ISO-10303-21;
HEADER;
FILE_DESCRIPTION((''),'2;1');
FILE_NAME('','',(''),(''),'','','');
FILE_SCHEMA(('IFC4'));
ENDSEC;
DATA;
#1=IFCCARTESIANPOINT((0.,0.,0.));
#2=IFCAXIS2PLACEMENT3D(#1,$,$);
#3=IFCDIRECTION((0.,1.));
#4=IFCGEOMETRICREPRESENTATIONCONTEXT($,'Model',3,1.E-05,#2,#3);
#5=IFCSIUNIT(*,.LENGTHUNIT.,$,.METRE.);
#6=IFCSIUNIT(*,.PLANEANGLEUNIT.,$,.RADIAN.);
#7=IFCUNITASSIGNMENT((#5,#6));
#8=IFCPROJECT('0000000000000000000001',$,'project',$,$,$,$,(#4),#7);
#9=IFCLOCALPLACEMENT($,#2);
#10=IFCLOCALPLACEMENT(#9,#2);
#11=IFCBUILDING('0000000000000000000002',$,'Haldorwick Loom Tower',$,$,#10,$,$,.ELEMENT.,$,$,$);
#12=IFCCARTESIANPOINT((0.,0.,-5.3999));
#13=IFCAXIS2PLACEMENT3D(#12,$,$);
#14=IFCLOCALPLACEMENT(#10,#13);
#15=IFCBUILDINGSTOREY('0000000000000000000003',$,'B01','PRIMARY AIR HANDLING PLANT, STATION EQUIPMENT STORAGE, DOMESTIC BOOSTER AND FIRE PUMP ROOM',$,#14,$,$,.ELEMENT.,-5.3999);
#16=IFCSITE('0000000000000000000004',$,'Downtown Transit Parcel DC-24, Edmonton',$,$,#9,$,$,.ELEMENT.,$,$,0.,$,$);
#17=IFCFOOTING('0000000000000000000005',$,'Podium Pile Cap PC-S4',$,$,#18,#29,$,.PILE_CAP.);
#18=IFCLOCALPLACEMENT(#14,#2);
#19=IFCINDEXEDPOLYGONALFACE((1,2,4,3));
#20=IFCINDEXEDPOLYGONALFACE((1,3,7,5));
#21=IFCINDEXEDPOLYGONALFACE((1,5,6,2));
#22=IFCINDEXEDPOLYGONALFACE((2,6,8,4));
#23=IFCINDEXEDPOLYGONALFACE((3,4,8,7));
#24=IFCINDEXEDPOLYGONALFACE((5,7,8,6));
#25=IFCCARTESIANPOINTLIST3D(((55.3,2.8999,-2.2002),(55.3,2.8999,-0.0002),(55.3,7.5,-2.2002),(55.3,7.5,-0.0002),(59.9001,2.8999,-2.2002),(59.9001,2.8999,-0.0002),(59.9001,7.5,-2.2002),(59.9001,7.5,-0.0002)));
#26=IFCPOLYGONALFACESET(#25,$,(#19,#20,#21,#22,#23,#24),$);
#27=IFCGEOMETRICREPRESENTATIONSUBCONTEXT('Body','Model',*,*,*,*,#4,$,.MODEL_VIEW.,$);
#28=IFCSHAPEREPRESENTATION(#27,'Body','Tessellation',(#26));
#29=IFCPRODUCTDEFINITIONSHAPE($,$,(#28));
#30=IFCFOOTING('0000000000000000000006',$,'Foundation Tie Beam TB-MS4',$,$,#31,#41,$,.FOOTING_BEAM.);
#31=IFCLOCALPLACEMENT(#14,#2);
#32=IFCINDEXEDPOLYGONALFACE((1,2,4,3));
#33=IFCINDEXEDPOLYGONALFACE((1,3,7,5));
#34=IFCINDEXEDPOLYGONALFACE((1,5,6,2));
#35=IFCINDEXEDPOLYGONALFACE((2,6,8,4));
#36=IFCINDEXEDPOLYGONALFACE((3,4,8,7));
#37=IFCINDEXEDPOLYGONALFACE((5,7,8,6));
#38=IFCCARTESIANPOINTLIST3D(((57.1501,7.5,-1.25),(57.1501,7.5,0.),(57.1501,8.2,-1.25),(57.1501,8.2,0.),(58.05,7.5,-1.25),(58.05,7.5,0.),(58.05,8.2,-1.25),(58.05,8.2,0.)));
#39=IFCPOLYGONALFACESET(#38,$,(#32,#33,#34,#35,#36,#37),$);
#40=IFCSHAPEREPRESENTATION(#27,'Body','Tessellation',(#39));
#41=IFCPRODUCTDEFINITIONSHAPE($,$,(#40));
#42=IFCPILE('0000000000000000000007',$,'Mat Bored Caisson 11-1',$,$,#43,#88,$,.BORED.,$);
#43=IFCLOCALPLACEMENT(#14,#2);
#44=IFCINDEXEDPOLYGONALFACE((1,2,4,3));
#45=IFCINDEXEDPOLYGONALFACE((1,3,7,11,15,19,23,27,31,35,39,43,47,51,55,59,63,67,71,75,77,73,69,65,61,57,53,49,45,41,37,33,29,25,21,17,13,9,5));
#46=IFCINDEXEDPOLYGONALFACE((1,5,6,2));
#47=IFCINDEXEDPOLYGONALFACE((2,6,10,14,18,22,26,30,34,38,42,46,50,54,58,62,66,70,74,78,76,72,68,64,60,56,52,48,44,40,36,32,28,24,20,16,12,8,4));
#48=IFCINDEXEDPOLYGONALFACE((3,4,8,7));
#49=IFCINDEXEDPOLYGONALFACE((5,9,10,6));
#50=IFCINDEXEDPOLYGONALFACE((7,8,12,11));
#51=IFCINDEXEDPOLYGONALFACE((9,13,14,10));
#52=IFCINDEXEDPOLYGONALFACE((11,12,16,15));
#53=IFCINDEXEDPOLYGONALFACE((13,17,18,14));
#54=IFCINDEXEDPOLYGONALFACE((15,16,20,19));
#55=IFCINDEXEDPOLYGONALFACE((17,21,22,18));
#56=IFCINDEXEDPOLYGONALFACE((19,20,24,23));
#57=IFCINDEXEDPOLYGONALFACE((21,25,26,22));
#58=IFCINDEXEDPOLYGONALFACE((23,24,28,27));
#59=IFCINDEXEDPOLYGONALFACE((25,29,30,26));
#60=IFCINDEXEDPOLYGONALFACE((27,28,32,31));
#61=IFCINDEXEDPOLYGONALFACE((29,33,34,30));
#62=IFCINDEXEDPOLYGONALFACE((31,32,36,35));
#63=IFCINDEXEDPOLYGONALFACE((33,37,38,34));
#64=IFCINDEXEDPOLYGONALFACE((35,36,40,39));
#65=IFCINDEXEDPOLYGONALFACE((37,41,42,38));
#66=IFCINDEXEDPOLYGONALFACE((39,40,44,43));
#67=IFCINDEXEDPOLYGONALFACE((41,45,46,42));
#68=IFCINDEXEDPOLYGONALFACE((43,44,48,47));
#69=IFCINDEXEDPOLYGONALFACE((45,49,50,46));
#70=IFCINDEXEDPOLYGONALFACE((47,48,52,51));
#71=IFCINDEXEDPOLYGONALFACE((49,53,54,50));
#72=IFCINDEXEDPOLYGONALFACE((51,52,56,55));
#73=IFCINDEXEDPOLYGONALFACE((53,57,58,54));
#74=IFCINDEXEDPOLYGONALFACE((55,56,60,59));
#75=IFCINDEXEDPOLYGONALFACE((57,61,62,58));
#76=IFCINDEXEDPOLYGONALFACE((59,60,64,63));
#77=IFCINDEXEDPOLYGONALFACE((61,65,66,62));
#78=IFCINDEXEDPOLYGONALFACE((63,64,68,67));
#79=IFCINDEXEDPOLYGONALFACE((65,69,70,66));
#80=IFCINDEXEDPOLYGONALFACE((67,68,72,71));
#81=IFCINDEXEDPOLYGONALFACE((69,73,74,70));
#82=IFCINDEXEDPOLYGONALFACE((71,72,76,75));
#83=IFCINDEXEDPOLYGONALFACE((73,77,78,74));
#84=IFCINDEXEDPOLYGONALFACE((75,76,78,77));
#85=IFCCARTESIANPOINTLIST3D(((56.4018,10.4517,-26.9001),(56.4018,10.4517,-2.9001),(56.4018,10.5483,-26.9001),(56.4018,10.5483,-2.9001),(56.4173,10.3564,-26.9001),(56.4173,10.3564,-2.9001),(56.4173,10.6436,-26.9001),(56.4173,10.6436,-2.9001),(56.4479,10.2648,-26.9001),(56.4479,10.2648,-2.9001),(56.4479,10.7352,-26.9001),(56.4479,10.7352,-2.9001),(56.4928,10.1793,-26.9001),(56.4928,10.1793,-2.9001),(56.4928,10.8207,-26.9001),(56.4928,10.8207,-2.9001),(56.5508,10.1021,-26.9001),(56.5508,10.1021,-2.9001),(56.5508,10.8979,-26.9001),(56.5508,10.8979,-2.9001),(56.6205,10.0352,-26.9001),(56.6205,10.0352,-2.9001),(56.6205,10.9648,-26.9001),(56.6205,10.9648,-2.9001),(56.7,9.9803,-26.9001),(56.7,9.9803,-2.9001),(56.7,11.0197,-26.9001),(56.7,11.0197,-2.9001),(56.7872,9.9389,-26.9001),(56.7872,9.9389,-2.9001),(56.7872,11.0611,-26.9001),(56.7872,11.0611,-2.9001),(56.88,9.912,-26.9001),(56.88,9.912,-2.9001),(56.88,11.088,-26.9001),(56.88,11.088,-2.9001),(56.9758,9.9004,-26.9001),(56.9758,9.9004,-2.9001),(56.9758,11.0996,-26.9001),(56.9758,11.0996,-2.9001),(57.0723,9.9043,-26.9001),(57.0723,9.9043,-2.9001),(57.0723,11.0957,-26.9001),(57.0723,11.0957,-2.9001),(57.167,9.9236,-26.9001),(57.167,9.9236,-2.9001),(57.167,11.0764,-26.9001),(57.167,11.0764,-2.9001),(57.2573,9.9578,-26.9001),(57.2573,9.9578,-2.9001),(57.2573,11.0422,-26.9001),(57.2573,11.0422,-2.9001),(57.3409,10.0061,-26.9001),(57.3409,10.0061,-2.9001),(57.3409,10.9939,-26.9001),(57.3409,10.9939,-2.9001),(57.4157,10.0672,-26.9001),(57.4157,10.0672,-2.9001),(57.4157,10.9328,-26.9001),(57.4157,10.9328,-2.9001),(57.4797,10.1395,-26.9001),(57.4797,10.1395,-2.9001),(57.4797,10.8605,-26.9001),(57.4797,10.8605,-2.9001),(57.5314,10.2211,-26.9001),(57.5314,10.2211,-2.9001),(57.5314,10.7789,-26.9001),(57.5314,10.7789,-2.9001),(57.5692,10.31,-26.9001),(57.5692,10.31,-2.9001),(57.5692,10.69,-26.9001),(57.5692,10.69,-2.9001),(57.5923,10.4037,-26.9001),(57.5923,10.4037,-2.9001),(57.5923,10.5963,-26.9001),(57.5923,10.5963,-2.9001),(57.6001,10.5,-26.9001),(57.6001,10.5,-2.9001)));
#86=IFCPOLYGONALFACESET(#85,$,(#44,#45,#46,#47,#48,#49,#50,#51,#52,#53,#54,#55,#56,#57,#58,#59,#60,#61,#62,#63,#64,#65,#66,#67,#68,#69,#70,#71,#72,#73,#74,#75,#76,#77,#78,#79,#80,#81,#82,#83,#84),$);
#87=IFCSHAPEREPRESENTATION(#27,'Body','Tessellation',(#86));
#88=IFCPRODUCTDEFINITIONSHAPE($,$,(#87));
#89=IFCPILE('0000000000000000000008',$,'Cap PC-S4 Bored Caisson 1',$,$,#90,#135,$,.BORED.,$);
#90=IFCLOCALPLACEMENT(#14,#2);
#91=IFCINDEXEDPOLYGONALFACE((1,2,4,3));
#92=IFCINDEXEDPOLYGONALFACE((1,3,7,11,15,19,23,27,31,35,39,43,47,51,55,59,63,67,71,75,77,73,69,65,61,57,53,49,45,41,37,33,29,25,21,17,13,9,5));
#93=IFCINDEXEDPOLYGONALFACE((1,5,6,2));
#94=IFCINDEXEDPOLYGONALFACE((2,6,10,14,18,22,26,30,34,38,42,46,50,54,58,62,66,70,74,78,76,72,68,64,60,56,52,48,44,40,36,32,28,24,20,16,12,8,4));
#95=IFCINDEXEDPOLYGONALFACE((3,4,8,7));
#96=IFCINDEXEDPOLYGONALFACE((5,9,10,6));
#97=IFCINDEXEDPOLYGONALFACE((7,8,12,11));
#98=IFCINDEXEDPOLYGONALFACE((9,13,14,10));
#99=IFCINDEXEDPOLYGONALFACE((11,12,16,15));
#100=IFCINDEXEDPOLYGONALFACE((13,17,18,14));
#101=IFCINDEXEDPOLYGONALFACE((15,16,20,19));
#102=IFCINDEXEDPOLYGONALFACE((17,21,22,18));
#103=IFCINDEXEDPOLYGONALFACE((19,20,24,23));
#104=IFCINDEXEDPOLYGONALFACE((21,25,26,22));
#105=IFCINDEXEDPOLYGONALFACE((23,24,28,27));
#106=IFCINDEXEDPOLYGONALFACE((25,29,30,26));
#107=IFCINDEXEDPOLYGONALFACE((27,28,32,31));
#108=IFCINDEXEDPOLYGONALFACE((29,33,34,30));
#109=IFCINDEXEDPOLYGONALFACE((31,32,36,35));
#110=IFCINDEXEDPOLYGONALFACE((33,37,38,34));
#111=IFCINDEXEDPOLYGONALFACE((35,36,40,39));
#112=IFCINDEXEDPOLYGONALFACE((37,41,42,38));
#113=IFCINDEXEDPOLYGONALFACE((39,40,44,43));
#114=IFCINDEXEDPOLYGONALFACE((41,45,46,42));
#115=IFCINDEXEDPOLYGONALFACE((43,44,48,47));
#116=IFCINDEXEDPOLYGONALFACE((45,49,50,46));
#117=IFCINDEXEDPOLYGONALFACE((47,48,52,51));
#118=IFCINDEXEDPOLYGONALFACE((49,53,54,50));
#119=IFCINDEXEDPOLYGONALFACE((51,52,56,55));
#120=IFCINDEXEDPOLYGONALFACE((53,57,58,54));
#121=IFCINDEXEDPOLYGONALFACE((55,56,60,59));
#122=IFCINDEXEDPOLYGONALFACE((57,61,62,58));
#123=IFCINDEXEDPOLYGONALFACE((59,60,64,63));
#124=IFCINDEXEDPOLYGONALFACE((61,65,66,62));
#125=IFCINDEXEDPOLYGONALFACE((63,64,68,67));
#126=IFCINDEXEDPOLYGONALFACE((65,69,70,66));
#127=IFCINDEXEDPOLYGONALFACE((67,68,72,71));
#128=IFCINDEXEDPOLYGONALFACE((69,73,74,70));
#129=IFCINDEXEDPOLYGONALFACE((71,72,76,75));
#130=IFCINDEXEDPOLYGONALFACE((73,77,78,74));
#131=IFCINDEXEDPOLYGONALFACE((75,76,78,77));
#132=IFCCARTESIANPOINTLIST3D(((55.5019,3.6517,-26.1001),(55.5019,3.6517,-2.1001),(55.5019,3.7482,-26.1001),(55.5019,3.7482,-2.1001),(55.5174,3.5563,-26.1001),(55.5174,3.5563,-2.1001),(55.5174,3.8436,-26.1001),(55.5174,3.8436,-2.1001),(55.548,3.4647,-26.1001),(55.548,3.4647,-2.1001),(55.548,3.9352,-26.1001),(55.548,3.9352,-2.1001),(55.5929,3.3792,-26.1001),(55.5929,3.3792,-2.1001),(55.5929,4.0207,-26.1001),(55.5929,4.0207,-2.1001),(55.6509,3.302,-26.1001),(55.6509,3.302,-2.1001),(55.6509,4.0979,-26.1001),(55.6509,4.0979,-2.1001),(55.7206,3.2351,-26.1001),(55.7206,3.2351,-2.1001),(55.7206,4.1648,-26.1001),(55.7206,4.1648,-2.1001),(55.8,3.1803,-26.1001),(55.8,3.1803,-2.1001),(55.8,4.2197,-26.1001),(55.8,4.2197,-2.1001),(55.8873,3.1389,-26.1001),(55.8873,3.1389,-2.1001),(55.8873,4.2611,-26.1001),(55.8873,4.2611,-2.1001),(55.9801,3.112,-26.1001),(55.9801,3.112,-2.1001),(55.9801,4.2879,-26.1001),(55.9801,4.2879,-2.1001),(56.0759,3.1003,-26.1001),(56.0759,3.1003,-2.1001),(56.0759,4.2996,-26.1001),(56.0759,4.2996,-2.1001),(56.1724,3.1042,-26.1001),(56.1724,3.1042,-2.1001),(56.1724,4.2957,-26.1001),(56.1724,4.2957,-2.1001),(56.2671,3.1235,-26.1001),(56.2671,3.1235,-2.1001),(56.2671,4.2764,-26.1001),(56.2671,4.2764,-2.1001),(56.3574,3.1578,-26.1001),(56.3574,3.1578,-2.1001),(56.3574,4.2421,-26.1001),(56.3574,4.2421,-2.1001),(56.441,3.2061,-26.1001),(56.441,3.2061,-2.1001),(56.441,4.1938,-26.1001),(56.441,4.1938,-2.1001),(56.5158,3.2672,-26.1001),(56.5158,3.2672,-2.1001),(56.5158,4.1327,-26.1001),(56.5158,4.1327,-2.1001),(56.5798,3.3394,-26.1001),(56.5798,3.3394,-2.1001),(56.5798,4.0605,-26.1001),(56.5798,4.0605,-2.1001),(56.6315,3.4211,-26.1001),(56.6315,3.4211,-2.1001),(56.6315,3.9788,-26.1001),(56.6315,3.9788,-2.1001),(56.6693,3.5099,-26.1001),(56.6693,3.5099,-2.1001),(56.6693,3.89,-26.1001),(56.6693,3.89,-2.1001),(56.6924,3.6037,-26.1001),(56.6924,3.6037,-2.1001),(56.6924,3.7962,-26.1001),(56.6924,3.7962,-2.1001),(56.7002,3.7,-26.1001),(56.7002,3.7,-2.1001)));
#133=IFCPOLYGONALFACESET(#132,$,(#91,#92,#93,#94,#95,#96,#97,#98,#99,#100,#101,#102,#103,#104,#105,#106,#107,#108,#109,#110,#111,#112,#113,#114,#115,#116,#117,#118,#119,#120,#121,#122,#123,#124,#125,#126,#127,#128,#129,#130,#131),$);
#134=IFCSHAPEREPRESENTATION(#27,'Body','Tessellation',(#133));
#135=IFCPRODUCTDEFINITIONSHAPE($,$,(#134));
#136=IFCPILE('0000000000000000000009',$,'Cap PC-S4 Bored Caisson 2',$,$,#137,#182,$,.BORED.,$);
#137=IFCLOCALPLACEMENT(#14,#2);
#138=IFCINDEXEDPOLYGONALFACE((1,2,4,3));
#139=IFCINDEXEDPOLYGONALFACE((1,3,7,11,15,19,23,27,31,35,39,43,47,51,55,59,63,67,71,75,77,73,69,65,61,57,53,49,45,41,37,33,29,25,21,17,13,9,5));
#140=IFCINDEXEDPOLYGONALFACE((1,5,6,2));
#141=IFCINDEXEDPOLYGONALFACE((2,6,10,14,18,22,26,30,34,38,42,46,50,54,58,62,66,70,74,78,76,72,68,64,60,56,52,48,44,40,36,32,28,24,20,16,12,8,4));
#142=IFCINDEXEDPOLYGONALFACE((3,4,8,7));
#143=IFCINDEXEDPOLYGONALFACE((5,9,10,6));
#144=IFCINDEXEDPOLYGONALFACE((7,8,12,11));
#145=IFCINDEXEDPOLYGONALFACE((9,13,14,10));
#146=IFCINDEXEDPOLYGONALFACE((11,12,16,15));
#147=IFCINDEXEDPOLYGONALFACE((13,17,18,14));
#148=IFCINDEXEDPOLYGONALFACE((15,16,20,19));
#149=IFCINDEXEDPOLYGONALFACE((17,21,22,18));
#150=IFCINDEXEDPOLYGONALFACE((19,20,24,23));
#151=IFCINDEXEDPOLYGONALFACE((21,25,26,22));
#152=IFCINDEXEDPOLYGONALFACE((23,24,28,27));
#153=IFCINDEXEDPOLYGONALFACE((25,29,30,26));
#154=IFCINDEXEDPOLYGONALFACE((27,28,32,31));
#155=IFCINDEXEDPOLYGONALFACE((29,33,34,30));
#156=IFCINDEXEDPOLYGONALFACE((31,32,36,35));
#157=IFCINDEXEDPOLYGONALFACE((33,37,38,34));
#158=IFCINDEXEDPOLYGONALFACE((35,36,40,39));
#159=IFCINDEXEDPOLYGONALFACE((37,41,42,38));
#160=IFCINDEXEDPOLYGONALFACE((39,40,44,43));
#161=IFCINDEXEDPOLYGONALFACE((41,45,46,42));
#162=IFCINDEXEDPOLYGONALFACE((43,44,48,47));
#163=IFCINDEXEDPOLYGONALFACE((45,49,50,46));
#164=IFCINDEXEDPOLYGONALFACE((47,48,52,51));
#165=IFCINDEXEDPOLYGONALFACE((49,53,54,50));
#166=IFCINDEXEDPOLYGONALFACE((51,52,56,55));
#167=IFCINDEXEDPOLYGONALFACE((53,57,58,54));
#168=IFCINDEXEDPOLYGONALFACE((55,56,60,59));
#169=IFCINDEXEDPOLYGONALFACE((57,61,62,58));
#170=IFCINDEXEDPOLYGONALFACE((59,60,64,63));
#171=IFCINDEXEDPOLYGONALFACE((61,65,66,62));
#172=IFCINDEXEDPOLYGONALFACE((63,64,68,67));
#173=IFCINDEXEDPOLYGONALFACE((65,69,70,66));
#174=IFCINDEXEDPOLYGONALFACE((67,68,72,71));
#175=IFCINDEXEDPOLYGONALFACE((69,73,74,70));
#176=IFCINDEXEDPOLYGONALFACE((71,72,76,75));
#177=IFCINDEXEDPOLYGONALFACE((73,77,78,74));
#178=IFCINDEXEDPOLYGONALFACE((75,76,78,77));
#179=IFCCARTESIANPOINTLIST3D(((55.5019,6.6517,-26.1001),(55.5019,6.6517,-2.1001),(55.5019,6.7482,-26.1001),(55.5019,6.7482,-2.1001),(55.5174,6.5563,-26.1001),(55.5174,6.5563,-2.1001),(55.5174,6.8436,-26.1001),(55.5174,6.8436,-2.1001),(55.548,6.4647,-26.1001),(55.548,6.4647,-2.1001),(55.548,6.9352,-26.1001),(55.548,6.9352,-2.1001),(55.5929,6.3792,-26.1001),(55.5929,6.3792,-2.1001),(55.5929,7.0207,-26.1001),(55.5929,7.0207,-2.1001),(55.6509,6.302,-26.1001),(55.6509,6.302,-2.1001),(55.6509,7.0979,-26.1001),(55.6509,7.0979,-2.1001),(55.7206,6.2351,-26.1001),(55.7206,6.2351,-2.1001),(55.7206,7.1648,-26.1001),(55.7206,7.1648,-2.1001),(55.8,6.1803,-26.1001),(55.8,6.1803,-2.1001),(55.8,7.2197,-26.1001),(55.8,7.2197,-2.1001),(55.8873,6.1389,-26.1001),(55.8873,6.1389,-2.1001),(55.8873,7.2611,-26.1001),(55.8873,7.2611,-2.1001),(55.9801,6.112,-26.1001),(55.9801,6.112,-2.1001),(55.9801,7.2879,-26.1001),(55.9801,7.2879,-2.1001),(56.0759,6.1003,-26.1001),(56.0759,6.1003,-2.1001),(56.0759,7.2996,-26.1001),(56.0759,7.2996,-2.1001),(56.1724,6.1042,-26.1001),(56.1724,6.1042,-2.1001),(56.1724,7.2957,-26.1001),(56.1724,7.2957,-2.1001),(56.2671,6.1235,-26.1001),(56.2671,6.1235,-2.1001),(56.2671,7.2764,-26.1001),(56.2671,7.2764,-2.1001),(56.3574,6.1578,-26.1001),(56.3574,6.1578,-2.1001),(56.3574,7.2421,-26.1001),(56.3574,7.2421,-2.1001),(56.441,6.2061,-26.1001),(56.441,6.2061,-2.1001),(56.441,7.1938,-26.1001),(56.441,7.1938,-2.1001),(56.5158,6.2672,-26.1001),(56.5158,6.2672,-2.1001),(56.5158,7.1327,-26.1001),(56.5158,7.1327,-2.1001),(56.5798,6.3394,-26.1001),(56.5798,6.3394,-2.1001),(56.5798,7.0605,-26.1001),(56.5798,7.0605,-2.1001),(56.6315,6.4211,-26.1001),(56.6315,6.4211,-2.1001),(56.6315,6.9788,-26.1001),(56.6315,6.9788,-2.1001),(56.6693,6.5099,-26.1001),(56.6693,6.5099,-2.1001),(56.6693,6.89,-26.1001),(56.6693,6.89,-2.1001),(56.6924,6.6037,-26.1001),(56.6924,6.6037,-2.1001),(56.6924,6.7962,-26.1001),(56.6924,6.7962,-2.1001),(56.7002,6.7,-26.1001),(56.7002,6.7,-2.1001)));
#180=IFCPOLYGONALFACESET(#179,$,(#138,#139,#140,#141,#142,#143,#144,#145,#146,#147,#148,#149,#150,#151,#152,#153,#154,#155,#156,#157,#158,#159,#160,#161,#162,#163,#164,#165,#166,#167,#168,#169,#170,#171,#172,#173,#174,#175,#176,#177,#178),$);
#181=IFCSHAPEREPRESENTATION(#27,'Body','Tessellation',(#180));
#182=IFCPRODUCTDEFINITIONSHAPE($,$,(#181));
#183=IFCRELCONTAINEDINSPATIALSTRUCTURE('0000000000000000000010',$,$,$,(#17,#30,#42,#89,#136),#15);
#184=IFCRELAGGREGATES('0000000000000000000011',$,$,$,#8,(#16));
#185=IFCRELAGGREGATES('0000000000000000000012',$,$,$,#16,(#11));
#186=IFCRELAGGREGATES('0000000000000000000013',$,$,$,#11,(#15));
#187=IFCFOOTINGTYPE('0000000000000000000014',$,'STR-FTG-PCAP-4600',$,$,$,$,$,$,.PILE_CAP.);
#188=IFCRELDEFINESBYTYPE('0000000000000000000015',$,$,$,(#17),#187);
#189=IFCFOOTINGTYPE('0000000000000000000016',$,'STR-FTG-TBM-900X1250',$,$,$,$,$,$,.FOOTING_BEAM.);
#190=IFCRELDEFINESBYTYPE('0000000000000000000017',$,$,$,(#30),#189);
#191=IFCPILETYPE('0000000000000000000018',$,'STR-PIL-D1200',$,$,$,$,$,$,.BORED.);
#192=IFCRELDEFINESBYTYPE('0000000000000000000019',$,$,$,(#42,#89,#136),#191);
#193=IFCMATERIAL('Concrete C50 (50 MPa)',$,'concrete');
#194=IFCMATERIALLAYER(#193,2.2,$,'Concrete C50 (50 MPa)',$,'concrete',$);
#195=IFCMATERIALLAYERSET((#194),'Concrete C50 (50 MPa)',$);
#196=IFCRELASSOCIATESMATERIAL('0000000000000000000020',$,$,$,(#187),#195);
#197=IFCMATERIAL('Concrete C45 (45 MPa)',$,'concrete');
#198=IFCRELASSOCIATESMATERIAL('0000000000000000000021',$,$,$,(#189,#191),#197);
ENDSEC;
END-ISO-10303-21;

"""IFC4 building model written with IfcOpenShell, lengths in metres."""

from ifc_helpers import new_model, si_unit, direction, frame, origin, origin_2d, place, context, subcontext, project, spatial, rectangle, circle, extrude, material, layer, layer_set, material_profile, profile_set, type_object, element, save


model = new_model("IFC4")

# Units and contexts
model_context = context("Model", 3, precision=1e-05, world=origin(), true_north=direction((0.0, 1.0)))
body_context = subcontext(model_context, "Body", "Model", "MODEL_VIEW")
ifc_project = project(units=[si_unit("LENGTHUNIT", "METRE"), si_unit("PLANEANGLEUNIT", "RADIAN")], contexts=[model_context])

# Site, building, storey
site_placement = place(None, origin())
site = spatial("IfcSite", under=ifc_project, at=site_placement, Name="Downtown Transit Parcel DC-24, Edmonton", CompositionType="ELEMENT", RefElevation=0.0)
building_placement = place(site_placement, origin())
building = spatial("IfcBuilding", under=site, at=building_placement, Name="Haldorwick Loom Tower", CompositionType="ELEMENT")
storey_placement = place(building_placement, frame((0.0, 0.0, -5.3999)))
storey = spatial("IfcBuildingStorey", under=building, at=storey_placement, Name="B01", Description="PRIMARY AIR HANDLING PLANT, STATION EQUIPMENT STORAGE, DOMESTIC BOOSTER AND FIRE PUMP ROOM", CompositionType="ELEMENT", Elevation=-5.3999)

# Footings
ifc_material_1 = material(Name="Concrete C50 (50 MPa)", Category="concrete")
ifc_layer_1 = layer(ifc_material_1, 2.2, Name="Concrete C50 (50 MPa)", Category="concrete")
ifc_layer_set_1 = layer_set([ifc_layer_1], Name="Concrete C50 (50 MPa)")
footing_type_1 = type_object("IfcFootingType", Name="STR-FTG-PCAP-4600", PredefinedType="PILE_CAP", material=ifc_layer_set_1)
footing_1_placement = place(storey_placement, frame((57.6001, 5.2, -2.2002), z_axis=(0.0, 0.0, 1.0), x_axis=(1.0, 0.0, 0.0)))
element("IfcFooting", 1, at=footing_1_placement, inside=storey, type_object=footing_type_1, Name="Podium Pile Cap PC-S4", PredefinedType="PILE_CAP", context=body_context, shape_type="SweptSolid", body=[
    extrude(rectangle(XDim=4.6001, YDim=4.6001, at=origin_2d()), origin(), (0.0, 0.0, 1.0), 2.2),
])
ifc_material_2 = material(Name="Concrete C45 (45 MPa)", Category="concrete")
ifc_material_profile_1 = material_profile(ifc_material_2, rectangle(XDim=0.8999, YDim=1.25, at=origin_2d()), Name="RC900X1250", Category="concrete")
ifc_profile_set_1 = profile_set([ifc_material_profile_1], Name="Concrete C45 (45 MPa)")
footing_type_2 = type_object("IfcFootingType", Name="STR-FTG-TBM-900X1250", PredefinedType="FOOTING_BEAM", material=ifc_profile_set_1)
footing_2_placement = place(storey_placement, frame((57.6001, 7.5, -0.625), z_axis=(0.0, 1.0, 0.0), x_axis=(-1.0, 0.0, 0.0)))
element("IfcFooting", 2, at=footing_2_placement, inside=storey, type_object=footing_type_2, Name="Foundation Tie Beam TB-MS4", PredefinedType="FOOTING_BEAM", context=body_context, shape_type="SweptSolid", body=[
    extrude(rectangle(XDim=0.8999, YDim=1.25, at=origin_2d()), origin(), (0.0, 0.0, 1.0), 0.7),
])

# Piles
ifc_material_profile_2 = material_profile(ifc_material_2, circle(Radius=0.6001, at=origin_2d()), Name="CAISSON_D1200", Category="concrete")
ifc_profile_set_2 = profile_set([ifc_material_profile_2], Name="Concrete C45 (45 MPa)")
pile_type = type_object("IfcPileType", Name="STR-PIL-D1200", PredefinedType="BORED", material=ifc_profile_set_2)
for number, where, z_axis, x_axis, name in (
    (3, (57.0, 10.5, -2.9001), (0.0, 0.0, -1.0), (1.0, 0.0, 0.0), "Mat Bored Caisson 11-1"),
    (4, (56.1001, 3.7, -2.1001), (0.0, 0.0, -1.0), (1.0, 0.0, 0.0), "Cap PC-S4 Bored Caisson 1"),
    (5, (56.1001, 6.7, -2.1001), (0.0, 0.0, -1.0), (1.0, 0.0, 0.0), "Cap PC-S4 Bored Caisson 2"),
):
    element("IfcPile", number, at=place(storey_placement, frame(where, z_axis=z_axis, x_axis=x_axis)), inside=storey, type_object=pile_type, Name=name, PredefinedType="BORED", context=body_context, shape_type="SweptSolid", body=[
        extrude(circle(Radius=0.6001, at=origin_2d()), origin(), (0.0, 0.0, 1.0), 24.0),
    ])

save(model, "model.ifc")
